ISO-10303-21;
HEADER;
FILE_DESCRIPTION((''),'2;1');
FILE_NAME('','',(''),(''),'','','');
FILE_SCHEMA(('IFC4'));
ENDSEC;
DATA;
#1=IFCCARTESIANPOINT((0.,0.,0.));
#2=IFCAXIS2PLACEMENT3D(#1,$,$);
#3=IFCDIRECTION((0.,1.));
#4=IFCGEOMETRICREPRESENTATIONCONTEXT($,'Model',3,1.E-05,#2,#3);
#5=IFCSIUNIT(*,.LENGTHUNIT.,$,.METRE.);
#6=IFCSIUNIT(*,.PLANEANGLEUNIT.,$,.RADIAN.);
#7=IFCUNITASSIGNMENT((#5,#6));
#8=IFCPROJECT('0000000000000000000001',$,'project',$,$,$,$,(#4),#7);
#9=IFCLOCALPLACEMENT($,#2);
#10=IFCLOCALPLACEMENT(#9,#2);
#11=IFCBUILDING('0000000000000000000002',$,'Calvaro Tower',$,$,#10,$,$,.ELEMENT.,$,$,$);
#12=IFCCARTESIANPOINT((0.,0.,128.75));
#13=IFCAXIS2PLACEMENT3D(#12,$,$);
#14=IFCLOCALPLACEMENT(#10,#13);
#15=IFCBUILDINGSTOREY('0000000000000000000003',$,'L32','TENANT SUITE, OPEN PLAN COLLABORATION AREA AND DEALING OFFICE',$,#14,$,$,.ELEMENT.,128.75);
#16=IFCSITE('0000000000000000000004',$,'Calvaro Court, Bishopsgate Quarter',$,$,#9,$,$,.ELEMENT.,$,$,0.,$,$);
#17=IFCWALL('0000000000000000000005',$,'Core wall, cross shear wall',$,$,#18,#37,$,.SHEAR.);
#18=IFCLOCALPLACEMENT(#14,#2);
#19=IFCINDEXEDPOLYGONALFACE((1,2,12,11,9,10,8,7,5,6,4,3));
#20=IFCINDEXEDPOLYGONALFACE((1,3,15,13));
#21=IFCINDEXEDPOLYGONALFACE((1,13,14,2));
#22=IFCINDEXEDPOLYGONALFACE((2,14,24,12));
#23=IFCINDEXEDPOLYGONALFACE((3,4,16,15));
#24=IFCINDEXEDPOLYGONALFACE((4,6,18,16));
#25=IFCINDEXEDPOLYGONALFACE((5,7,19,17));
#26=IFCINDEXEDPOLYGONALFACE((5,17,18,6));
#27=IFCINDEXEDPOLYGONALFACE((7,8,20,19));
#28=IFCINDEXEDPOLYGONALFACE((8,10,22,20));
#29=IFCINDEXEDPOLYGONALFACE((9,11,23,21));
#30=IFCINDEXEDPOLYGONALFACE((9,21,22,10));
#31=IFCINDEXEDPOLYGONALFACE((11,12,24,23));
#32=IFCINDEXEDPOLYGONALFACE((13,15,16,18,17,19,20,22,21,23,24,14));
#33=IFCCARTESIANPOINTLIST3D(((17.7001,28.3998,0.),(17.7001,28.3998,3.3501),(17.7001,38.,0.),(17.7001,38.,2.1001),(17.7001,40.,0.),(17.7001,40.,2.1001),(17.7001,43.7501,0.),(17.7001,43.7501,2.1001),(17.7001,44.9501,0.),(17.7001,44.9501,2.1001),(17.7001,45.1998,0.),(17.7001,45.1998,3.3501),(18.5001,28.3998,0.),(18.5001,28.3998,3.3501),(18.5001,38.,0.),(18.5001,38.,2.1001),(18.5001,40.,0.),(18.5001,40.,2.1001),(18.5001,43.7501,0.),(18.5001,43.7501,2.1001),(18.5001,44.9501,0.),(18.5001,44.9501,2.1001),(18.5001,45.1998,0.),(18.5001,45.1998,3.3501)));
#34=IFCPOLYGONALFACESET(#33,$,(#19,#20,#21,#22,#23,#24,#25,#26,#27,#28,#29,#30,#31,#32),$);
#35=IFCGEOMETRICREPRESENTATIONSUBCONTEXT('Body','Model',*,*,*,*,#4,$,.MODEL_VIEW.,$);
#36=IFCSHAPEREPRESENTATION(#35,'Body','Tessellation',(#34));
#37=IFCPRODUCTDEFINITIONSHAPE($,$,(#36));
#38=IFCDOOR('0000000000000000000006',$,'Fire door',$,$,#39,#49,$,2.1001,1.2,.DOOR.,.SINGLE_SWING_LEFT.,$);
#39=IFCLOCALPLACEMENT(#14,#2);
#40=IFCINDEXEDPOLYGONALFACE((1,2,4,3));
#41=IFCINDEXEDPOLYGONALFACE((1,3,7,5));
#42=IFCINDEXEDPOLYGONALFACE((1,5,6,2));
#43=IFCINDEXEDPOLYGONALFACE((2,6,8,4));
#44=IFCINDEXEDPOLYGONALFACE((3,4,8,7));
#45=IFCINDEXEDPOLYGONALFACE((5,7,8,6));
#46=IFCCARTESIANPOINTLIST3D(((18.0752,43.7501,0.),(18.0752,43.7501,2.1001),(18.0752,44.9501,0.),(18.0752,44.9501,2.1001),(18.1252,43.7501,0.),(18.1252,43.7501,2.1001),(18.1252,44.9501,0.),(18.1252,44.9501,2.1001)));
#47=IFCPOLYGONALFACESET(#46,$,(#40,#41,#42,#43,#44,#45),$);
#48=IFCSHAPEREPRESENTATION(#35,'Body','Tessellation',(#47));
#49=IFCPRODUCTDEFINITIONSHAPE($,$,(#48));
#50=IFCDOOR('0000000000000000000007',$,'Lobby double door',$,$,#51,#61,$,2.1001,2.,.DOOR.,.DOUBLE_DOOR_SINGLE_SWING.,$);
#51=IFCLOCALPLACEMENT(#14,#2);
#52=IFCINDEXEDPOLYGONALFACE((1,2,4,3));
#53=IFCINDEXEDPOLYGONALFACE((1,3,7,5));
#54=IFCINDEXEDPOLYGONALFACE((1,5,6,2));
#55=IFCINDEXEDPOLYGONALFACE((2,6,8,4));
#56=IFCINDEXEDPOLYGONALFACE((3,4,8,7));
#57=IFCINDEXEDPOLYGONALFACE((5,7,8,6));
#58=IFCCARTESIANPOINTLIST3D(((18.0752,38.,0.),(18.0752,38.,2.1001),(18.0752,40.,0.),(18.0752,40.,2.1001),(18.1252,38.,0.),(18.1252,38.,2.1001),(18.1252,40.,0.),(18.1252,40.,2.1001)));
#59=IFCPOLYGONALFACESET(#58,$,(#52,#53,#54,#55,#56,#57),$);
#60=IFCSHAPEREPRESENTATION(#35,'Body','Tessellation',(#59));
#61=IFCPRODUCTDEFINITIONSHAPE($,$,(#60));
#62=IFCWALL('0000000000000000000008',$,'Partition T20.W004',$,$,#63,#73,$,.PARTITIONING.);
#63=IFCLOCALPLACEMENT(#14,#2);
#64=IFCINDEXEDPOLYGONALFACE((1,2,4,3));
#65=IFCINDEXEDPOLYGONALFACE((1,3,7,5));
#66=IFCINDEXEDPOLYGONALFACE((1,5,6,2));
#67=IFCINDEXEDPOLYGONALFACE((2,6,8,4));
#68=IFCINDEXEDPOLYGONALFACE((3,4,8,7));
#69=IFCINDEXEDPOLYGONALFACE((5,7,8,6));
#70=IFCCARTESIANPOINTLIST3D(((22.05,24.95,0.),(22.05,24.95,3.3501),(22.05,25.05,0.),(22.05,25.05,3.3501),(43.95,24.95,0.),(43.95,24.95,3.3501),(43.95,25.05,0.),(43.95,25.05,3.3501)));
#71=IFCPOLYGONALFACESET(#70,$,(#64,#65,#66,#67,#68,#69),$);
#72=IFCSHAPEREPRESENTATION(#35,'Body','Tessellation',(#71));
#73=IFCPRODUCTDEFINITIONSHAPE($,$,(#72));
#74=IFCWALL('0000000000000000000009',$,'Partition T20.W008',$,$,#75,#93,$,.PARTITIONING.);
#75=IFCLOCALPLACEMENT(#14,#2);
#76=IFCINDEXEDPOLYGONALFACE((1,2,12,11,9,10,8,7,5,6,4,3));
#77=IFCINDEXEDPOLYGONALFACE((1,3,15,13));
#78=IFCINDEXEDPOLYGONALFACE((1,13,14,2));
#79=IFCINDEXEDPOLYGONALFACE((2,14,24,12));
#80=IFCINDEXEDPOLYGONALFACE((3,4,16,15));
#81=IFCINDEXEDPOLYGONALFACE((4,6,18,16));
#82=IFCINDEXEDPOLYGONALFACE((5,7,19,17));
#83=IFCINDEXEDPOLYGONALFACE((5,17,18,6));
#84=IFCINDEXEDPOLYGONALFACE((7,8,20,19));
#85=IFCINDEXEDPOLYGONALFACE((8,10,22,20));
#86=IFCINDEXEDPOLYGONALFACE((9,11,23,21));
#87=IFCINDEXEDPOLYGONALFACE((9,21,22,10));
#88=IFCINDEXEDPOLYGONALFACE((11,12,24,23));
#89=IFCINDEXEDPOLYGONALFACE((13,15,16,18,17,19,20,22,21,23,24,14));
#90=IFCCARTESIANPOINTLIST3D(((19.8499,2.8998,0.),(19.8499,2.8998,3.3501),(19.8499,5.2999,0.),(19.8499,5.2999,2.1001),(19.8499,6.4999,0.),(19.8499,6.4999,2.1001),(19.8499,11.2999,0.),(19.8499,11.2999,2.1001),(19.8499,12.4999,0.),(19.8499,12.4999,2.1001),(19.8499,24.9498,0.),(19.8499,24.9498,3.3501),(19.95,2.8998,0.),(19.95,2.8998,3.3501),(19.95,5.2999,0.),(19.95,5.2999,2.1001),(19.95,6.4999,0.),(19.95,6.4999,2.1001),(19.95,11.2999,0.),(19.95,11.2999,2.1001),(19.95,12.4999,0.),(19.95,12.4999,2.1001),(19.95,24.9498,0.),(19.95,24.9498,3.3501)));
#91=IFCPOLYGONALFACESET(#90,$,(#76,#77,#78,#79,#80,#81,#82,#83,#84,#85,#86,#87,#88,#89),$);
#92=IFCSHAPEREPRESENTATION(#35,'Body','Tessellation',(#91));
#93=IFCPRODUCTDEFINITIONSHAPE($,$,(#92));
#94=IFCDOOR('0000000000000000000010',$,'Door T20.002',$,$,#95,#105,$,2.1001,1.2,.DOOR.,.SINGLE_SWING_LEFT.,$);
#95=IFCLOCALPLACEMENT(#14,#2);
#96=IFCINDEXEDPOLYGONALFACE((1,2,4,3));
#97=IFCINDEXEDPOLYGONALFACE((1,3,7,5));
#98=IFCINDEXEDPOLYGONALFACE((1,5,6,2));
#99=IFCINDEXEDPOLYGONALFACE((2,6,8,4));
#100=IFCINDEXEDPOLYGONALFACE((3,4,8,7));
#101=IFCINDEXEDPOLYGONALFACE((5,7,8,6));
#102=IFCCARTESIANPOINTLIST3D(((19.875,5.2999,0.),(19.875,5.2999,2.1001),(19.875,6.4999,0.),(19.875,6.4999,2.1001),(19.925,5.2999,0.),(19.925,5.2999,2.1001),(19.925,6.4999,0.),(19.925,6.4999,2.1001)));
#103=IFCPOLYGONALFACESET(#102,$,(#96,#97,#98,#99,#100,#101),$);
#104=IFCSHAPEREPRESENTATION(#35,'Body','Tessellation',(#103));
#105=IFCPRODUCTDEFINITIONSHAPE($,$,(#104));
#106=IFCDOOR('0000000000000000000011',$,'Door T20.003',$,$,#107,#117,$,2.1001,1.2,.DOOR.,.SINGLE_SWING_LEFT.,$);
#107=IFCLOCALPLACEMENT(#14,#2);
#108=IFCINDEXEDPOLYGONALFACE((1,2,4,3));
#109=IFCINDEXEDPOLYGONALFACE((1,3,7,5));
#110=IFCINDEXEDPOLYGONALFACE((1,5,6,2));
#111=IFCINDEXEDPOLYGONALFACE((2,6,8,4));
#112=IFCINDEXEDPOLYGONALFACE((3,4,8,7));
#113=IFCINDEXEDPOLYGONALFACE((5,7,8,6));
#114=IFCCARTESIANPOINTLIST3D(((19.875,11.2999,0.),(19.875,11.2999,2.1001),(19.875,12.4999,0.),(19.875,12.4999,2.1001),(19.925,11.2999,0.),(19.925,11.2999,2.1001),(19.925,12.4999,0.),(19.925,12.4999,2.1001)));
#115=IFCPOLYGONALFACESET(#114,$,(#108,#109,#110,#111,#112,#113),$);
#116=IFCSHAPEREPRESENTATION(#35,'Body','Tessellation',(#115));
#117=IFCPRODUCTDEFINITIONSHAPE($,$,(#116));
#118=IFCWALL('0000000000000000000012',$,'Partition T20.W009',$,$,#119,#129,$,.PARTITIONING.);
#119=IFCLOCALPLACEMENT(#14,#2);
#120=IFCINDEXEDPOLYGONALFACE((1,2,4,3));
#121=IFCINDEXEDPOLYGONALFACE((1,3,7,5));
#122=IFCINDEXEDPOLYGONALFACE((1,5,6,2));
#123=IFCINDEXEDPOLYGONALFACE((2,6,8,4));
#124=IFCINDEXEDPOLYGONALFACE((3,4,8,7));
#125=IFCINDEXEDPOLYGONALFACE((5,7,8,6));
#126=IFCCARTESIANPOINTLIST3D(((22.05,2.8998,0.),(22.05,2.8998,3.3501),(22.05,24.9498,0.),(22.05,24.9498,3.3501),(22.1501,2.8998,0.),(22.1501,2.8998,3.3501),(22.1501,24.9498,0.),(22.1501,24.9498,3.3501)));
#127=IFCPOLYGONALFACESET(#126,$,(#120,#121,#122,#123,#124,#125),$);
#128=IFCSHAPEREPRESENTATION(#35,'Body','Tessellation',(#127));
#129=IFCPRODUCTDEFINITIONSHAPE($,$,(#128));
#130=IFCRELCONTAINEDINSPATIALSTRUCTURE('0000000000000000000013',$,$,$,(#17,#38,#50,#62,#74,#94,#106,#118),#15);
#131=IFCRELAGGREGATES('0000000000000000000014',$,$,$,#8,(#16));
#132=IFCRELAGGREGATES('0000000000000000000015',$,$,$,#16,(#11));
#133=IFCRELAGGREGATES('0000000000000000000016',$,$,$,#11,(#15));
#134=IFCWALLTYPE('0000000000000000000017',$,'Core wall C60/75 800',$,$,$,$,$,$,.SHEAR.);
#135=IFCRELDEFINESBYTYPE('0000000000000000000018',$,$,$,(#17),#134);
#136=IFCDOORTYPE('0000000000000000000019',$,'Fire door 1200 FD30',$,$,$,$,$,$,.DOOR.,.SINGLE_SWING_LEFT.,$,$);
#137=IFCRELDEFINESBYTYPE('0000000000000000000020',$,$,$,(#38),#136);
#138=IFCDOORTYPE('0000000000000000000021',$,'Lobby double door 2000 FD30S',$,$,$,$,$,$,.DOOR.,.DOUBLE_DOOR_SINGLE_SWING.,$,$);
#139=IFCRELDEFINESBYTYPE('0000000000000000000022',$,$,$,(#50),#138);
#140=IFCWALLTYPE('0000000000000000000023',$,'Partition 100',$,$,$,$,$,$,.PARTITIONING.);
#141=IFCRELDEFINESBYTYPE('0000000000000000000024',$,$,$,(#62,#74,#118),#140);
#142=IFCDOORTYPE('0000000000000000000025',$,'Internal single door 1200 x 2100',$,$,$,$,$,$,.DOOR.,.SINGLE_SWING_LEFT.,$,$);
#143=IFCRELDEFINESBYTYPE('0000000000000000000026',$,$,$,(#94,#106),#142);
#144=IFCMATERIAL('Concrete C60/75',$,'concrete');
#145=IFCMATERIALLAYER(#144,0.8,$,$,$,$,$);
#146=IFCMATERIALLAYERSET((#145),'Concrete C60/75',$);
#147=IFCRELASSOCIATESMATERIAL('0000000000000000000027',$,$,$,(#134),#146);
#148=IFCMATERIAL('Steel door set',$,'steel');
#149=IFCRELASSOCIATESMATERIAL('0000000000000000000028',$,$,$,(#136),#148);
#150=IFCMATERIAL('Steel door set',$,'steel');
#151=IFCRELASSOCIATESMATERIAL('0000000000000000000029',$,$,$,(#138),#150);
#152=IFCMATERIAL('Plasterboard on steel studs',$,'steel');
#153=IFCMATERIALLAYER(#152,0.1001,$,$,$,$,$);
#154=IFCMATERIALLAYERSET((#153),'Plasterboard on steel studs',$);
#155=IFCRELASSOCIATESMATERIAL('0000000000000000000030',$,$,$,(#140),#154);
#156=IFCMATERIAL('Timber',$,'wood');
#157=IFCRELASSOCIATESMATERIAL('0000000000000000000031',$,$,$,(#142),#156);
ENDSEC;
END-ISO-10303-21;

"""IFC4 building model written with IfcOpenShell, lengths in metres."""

from ifc_helpers import new_model, si_unit, direction, frame, frame_2d, origin, place, context, subcontext, project, spatial, rectangle, extrude, material, layer, layer_set, type_object, element, fill, save


model = new_model("IFC4")

# Units and contexts
model_context = context("Model", 3, precision=1e-05, world=origin(), true_north=direction((0.0, 1.0)))
body_context = subcontext(model_context, "Body", "Model", "MODEL_VIEW")
ifc_project = project(units=[si_unit("LENGTHUNIT", "METRE"), si_unit("PLANEANGLEUNIT", "RADIAN")], contexts=[model_context])

# Site, building, storey
site_placement = place(None, origin())
site = spatial("IfcSite", under=ifc_project, at=site_placement, Name="Calvaro Court, Bishopsgate Quarter", CompositionType="ELEMENT", RefElevation=0.0)
building_placement = place(site_placement, origin())
building = spatial("IfcBuilding", under=site, at=building_placement, Name="Calvaro Tower", CompositionType="ELEMENT")
storey_placement = place(building_placement, frame((0.0, 0.0, 128.75)))
storey = spatial("IfcBuildingStorey", under=building, at=storey_placement, Name="L32", Description="TENANT SUITE, OPEN PLAN COLLABORATION AREA AND DEALING OFFICE", CompositionType="ELEMENT", Elevation=128.75)

# Wall, openings, doors
ifc_material_1 = material(Name="Concrete C60/75", Category="concrete")
ifc_layer_1 = layer(ifc_material_1, 0.8)
ifc_layer_set_1 = layer_set([ifc_layer_1], Name="Concrete C60/75")
wall_type_1 = type_object("IfcWallType", Name="Core wall C60/75 800", PredefinedType="SHEAR", material=ifc_layer_set_1)
wall_1_placement = place(storey_placement, frame((18.1001, 28.3999, 0.0), z_axis=(0.0, 0.0, 1.0), x_axis=(0.0, 1.0, 0.0)))
wall_1 = element("IfcWall", 1, at=wall_1_placement, inside=storey, type_object=wall_type_1, Name="Core wall, cross shear wall", PredefinedType="SHEAR", context=body_context, shape_type="SweptSolid", body=[
    extrude(rectangle(XDim=16.8, YDim=0.8, at=frame_2d((8.3999, 0.0))), origin(), (0.0, 0.0, 1.0), 3.3501),
])
opening_1_placement = place(wall_1_placement, frame((9.6001, 0.0, 0.0)))
opening_1 = element("IfcOpeningElement", 2, at=opening_1_placement, cuts=wall_1, PredefinedType="OPENING", context=body_context, shape_type="SweptSolid", body=[
    extrude(rectangle(XDim=2.0, YDim=2.1001, at=frame_2d((1.0, 1.05))), frame((0.0, 0.4099, 0.0), z_axis=(0.0, -1.0, 0.0), x_axis=(1.0, 0.0, 0.0)), (0.0, 0.0, 1.0), 0.8201),
])
opening_2_placement = place(wall_1_placement, frame((15.3501, 0.0, 0.0)))
opening_2 = element("IfcOpeningElement", 3, at=opening_2_placement, cuts=wall_1, PredefinedType="OPENING", context=body_context, shape_type="SweptSolid", body=[
    extrude(rectangle(XDim=1.2, YDim=2.1001, at=frame_2d((0.6001, 1.05))), frame((0.0, 0.4099, 0.0), z_axis=(0.0, -1.0, 0.0), x_axis=(1.0, 0.0, 0.0)), (0.0, 0.0, 1.0), 0.8201),
])
ifc_material_2 = material(Name="Steel door set", Category="steel")
door_type_1 = type_object("IfcDoorType", Name="Fire door 1200 FD30", OperationType="SINGLE_SWING_LEFT", PredefinedType="DOOR", material=ifc_material_2)
door_1_placement = place(opening_2_placement, origin())
door_1 = element("IfcDoor", 4, at=door_1_placement, inside=storey, type_object=door_type_1, Name="Fire door", OperationType="SINGLE_SWING_LEFT", OverallHeight=2.1001, OverallWidth=1.2, PredefinedType="DOOR", context=body_context, shape_type="SweptSolid", body=[
    extrude(rectangle(XDim=1.2, YDim=2.1001, at=frame_2d((0.6001, 1.05))), frame((0.0, 0.0249, 0.0), z_axis=(0.0, -1.0, 0.0), x_axis=(1.0, 0.0, 0.0)), (0.0, 0.0, 1.0), 0.05),
])
fill(opening_2, door_1)
ifc_material_3 = material(Name="Steel door set", Category="steel")
door_type_2 = type_object("IfcDoorType", Name="Lobby double door 2000 FD30S", OperationType="DOUBLE_DOOR_SINGLE_SWING", PredefinedType="DOOR", material=ifc_material_3)
door_2_placement = place(opening_1_placement, origin())
door_2 = element("IfcDoor", 5, at=door_2_placement, inside=storey, type_object=door_type_2, Name="Lobby double door", OperationType="DOUBLE_DOOR_SINGLE_SWING", OverallHeight=2.1001, OverallWidth=2.0, PredefinedType="DOOR", context=body_context, shape_type="SweptSolid", body=[
    extrude(rectangle(XDim=2.0, YDim=2.1001, at=frame_2d((1.0, 1.05))), frame((0.0, 0.0249, 0.0), z_axis=(0.0, -1.0, 0.0), x_axis=(1.0, 0.0, 0.0)), (0.0, 0.0, 1.0), 0.05),
])
fill(opening_1, door_2)

# Wall
ifc_material_4 = material(Name="Plasterboard on steel studs", Category="steel")
ifc_layer_2 = layer(ifc_material_4, 0.1001)
ifc_layer_set_2 = layer_set([ifc_layer_2], Name="Plasterboard on steel studs")
wall_type_2 = type_object("IfcWallType", Name="Partition 100", PredefinedType="PARTITIONING", material=ifc_layer_set_2)
wall_2_placement = place(storey_placement, frame((22.05, 25.0, 0.0), z_axis=(0.0, 0.0, 1.0), x_axis=(1.0, 0.0, 0.0)))
element("IfcWall", 6, at=wall_2_placement, inside=storey, type_object=wall_type_2, Name="Partition T20.W004", PredefinedType="PARTITIONING", context=body_context, shape_type="SweptSolid", body=[
    extrude(rectangle(XDim=21.8999, YDim=0.1001, at=frame_2d((10.95, 0.0))), origin(), (0.0, 0.0, 1.0), 3.3501),
])

# Wall, openings, doors
wall_3_placement = place(storey_placement, frame((19.8999, 2.8999, 0.0), z_axis=(0.0, 0.0, 1.0), x_axis=(0.0, 1.0, 0.0)))
wall_3 = element("IfcWall", 7, at=wall_3_placement, inside=storey, type_object=wall_type_2, Name="Partition T20.W008", PredefinedType="PARTITIONING", context=body_context, shape_type="SweptSolid", body=[
    extrude(rectangle(XDim=22.05, YDim=0.1001, at=frame_2d((11.0249, 0.0))), origin(), (0.0, 0.0, 1.0), 3.3501),
])
opening_3_placement = place(wall_3_placement, frame((2.3999, 0.0, 0.0)))
opening_3 = element("IfcOpeningElement", 8, at=opening_3_placement, cuts=wall_3, PredefinedType="OPENING", context=body_context, shape_type="SweptSolid", body=[
    extrude(rectangle(XDim=1.2, YDim=2.1001, at=frame_2d((0.6001, 1.05))), frame((0.0, 0.0601, 0.0), z_axis=(0.0, -1.0, 0.0), x_axis=(1.0, 0.0, 0.0)), (0.0, 0.0, 1.0), 0.1201),
])
opening_4_placement = place(wall_3_placement, frame((8.3999, 0.0, 0.0)))
opening_4 = element("IfcOpeningElement", 9, at=opening_4_placement, cuts=wall_3, PredefinedType="OPENING", context=body_context, shape_type="SweptSolid", body=[
    extrude(rectangle(XDim=1.2, YDim=2.1001, at=frame_2d((0.6001, 1.05))), frame((0.0, 0.0601, 0.0), z_axis=(0.0, -1.0, 0.0), x_axis=(1.0, 0.0, 0.0)), (0.0, 0.0, 1.0), 0.1201),
])
ifc_material_5 = material(Name="Timber", Category="wood")
door_type_3 = type_object("IfcDoorType", Name="Internal single door 1200 x 2100", OperationType="SINGLE_SWING_LEFT", PredefinedType="DOOR", material=ifc_material_5)
door_3_placement = place(opening_3_placement, origin())
door_3 = element("IfcDoor", 10, at=door_3_placement, inside=storey, type_object=door_type_3, Name="Door T20.002", OperationType="SINGLE_SWING_LEFT", OverallHeight=2.1001, OverallWidth=1.2, PredefinedType="DOOR", context=body_context, shape_type="SweptSolid", body=[
    extrude(rectangle(XDim=1.2, YDim=2.1001, at=frame_2d((0.6001, 1.05))), frame((0.0, 0.0249, 0.0), z_axis=(0.0, -1.0, 0.0), x_axis=(1.0, 0.0, 0.0)), (0.0, 0.0, 1.0), 0.05),
])
fill(opening_3, door_3)
door_4_placement = place(opening_4_placement, origin())
door_4 = element("IfcDoor", 11, at=door_4_placement, inside=storey, type_object=door_type_3, Name="Door T20.003", OperationType="SINGLE_SWING_LEFT", OverallHeight=2.1001, OverallWidth=1.2, PredefinedType="DOOR", context=body_context, shape_type="SweptSolid", body=[
    extrude(rectangle(XDim=1.2, YDim=2.1001, at=frame_2d((0.6001, 1.05))), frame((0.0, 0.0249, 0.0), z_axis=(0.0, -1.0, 0.0), x_axis=(1.0, 0.0, 0.0)), (0.0, 0.0, 1.0), 0.05),
])
fill(opening_4, door_4)

# Wall
wall_4_placement = place(storey_placement, frame((22.1001, 2.8999, 0.0), z_axis=(0.0, 0.0, 1.0), x_axis=(0.0, 1.0, 0.0)))
element("IfcWall", 12, at=wall_4_placement, inside=storey, type_object=wall_type_2, Name="Partition T20.W009", PredefinedType="PARTITIONING", context=body_context, shape_type="SweptSolid", body=[
    extrude(rectangle(XDim=22.05, YDim=0.1001, at=frame_2d((11.0249, 0.0))), origin(), (0.0, 0.0, 1.0), 3.3501),
])

save(model, "model.ifc")
